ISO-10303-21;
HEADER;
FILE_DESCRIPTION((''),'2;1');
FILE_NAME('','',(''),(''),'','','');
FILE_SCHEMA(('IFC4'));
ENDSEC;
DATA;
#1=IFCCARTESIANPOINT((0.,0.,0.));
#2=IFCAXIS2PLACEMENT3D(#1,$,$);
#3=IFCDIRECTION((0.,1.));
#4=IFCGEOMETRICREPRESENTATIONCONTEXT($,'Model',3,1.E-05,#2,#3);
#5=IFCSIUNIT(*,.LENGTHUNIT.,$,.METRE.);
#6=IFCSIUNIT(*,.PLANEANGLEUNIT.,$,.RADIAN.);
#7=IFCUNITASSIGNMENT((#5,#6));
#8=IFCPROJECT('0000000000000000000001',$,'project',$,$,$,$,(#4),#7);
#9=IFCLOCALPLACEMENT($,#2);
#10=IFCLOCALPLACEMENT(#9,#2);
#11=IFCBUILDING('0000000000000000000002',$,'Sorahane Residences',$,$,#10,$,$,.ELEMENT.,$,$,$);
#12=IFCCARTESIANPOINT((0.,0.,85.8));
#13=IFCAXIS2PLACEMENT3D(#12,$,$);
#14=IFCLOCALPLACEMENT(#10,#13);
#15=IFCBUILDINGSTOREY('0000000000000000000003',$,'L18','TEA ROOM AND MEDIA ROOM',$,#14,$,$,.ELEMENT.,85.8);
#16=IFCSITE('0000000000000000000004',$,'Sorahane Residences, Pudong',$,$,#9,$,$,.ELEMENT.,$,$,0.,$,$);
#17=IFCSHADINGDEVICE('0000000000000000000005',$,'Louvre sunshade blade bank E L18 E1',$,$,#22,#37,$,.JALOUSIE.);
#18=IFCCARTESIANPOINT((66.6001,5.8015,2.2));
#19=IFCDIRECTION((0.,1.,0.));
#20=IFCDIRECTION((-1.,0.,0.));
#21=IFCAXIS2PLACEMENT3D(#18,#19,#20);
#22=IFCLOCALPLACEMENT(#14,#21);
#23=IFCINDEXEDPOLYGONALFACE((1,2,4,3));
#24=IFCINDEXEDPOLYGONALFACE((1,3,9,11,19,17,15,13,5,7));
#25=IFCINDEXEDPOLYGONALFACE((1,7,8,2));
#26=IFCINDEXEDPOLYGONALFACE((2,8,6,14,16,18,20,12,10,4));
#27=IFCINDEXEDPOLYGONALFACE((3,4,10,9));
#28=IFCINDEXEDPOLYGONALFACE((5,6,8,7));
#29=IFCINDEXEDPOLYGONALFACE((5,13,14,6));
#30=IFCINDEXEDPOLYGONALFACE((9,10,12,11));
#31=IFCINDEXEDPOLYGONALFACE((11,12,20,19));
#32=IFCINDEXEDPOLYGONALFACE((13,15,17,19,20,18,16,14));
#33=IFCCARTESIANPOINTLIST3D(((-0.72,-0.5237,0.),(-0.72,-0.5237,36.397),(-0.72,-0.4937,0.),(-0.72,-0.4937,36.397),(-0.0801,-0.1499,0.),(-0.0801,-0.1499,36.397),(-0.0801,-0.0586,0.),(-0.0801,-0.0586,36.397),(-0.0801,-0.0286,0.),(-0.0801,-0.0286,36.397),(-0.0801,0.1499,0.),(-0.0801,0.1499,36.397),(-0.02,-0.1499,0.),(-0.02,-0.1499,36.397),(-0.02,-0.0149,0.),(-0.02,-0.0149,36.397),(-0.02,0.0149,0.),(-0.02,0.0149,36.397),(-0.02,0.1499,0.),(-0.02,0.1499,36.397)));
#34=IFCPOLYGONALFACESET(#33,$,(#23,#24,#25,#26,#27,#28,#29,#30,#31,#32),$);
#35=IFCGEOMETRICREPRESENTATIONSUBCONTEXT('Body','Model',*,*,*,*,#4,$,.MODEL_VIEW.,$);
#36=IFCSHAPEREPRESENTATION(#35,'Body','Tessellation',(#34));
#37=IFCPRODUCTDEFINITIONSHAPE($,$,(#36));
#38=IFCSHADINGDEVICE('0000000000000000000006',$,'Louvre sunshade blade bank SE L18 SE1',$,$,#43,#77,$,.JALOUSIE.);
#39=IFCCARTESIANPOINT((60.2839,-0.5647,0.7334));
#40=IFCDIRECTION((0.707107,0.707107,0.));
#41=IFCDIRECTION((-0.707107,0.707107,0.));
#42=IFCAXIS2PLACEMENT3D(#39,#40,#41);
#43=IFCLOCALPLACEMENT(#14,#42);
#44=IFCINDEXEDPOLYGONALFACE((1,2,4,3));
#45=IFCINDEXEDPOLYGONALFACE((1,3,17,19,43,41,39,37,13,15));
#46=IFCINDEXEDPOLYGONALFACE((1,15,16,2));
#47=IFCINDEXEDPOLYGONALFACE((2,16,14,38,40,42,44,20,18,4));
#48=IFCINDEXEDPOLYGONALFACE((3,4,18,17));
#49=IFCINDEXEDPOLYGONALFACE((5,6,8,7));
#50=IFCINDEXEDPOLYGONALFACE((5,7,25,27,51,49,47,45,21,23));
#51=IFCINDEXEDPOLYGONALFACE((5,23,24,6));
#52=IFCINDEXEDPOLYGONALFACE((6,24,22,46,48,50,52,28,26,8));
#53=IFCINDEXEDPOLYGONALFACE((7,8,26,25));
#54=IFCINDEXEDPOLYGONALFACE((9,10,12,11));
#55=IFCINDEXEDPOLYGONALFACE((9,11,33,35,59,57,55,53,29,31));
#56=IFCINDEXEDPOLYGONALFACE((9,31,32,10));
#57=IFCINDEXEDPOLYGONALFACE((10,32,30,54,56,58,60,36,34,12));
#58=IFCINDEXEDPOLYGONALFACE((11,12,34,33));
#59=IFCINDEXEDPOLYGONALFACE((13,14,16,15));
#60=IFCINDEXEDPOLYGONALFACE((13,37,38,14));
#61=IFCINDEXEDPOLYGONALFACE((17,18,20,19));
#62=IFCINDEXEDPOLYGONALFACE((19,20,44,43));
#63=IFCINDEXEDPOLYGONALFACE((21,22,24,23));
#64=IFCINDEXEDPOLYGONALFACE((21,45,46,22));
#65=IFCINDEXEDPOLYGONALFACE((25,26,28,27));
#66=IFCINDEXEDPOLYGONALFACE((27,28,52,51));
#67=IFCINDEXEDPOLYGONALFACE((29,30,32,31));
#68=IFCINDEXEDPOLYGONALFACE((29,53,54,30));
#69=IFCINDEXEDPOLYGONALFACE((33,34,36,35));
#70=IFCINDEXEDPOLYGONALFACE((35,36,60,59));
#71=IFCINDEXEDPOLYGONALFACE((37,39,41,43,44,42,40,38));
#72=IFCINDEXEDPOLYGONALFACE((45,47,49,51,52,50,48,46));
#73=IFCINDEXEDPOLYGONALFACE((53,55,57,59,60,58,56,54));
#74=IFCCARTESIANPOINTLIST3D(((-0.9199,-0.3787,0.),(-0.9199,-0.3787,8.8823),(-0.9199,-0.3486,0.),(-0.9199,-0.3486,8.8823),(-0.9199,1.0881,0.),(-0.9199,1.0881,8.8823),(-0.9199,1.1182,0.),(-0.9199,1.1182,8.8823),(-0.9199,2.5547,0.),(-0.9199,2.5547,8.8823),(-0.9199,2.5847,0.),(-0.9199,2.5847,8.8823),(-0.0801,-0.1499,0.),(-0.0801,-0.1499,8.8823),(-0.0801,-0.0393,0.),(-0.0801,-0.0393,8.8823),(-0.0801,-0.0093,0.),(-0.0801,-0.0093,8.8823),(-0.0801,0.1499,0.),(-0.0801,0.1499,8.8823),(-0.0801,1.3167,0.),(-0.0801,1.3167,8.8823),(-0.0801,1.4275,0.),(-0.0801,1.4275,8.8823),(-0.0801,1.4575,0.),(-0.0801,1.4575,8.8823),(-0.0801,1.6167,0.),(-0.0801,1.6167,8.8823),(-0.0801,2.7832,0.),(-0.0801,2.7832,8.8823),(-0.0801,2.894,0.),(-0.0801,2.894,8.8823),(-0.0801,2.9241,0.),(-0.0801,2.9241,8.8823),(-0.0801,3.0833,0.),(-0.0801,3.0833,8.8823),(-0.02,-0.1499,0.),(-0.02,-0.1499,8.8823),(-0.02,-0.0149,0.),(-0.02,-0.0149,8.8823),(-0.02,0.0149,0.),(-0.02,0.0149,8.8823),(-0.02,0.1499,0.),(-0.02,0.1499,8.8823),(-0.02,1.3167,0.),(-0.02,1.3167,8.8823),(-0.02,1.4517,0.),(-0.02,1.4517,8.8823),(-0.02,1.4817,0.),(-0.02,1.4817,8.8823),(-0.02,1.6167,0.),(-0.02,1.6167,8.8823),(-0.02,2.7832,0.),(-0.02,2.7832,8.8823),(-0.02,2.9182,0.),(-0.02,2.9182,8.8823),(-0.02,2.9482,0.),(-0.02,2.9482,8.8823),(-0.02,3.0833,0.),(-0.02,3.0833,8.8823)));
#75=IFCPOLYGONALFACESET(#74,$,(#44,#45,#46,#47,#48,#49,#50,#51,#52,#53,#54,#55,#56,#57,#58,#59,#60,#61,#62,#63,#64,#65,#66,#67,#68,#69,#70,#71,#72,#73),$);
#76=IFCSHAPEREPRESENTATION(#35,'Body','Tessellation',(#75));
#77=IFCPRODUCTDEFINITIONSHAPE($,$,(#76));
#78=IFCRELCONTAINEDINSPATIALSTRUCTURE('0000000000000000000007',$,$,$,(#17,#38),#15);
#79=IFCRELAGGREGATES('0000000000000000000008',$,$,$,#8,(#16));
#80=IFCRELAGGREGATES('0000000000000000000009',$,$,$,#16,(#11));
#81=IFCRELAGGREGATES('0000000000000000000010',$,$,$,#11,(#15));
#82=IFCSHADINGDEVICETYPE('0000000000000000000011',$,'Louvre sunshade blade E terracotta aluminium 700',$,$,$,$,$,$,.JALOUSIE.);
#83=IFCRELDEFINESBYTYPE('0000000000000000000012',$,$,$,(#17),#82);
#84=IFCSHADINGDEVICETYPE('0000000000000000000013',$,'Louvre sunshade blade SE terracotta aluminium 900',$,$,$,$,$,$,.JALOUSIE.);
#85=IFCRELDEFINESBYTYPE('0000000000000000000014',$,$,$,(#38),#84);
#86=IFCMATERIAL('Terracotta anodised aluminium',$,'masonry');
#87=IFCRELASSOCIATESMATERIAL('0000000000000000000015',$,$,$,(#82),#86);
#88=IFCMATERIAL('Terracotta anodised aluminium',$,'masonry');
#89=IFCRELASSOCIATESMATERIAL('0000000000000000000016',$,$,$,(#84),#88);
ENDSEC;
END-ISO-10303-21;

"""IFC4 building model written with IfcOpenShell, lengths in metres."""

from ifc_helpers import new_model, si_unit, direction, frame, origin, place, context, subcontext, project, spatial, polyline, outline, composite_profile, extrude, material, type_object, element, save


model = new_model("IFC4")

# Units and contexts
model_context = context("Model", 3, precision=1e-05, world=origin(), true_north=direction((0.0, 1.0)))
body_context = subcontext(model_context, "Body", "Model", "MODEL_VIEW")
ifc_project = project(units=[si_unit("LENGTHUNIT", "METRE"), si_unit("PLANEANGLEUNIT", "RADIAN")], contexts=[model_context])

# Site, building, storey
site_placement = place(None, origin())
site = spatial("IfcSite", under=ifc_project, at=site_placement, Name="Sorahane Residences, Pudong", CompositionType="ELEMENT", RefElevation=0.0)
building_placement = place(site_placement, origin())
building = spatial("IfcBuilding", under=site, at=building_placement, Name="Sorahane Residences", CompositionType="ELEMENT")
storey_placement = place(building_placement, frame((0.0, 0.0, 85.8)))
storey = spatial("IfcBuildingStorey", under=building, at=storey_placement, Name="L18", Description="TEA ROOM AND MEDIA ROOM", CompositionType="ELEMENT", Elevation=85.8)

# Shading devices
ifc_material_1 = material(Name="Terracotta anodised aluminium", Category="masonry")
shading_device_type_1 = type_object("IfcShadingDeviceType", Name="Louvre sunshade blade E terracotta aluminium 700", PredefinedType="JALOUSIE", material=ifc_material_1)
shading_device_1_placement = place(storey_placement, frame((66.6001, 5.8015, 2.2), z_axis=(0.0, 1.0, 0.0), x_axis=(-1.0, 0.0, 0.0)))
element("IfcShadingDevice", 1, at=shading_device_1_placement, inside=storey, type_object=shading_device_type_1, Name="Louvre sunshade blade bank E L18 E1", PredefinedType="JALOUSIE", context=body_context, shape_type="SweptSolid", body=[
    extrude(outline(polyline([(-0.72, -0.4937), (-0.72, -0.5237), (-0.0801, -0.0586), (-0.0801, -0.1499), (-0.02, -0.1499), (-0.02, -0.0149), (-0.02, 0.0149), (-0.02, 0.1499), (-0.0801, 0.1499), (-0.0801, -0.0286), (-0.72, -0.4937)])), origin(), (0.0, 0.0, 1.0), 36.397),
])
ifc_material_2 = material(Name="Terracotta anodised aluminium", Category="masonry")
shading_device_type_2 = type_object("IfcShadingDeviceType", Name="Louvre sunshade blade SE terracotta aluminium 900", PredefinedType="JALOUSIE", material=ifc_material_2)
shading_device_2_placement = place(storey_placement, frame((60.2839, -0.5647, 0.7334), z_axis=(0.707107, 0.707107, 0.0), x_axis=(-0.707107, 0.707107, 0.0)))
element("IfcShadingDevice", 2, at=shading_device_2_placement, inside=storey, type_object=shading_device_type_2, Name="Louvre sunshade blade bank SE L18 SE1", PredefinedType="JALOUSIE", context=body_context, shape_type="SweptSolid", body=[
    extrude(composite_profile([outline(polyline([(-0.9199, -0.3486), (-0.9199, -0.3787), (-0.0801, -0.0393), (-0.0801, -0.1499), (-0.02, -0.1499), (-0.02, -0.0149), (-0.02, 0.0149), (-0.02, 0.1499), (-0.0801, 0.1499), (-0.0801, -0.0093), (-0.9199, -0.3486)])), outline(polyline([(-0.9199, 1.1182), (-0.9199, 1.0881), (-0.0801, 1.4275), (-0.0801, 1.3167), (-0.02, 1.3167), (-0.02, 1.4517), (-0.02, 1.4817), (-0.02, 1.6167), (-0.0801, 1.6167), (-0.0801, 1.4575), (-0.9199, 1.1182)])), outline(polyline([(-0.9199, 2.5847), (-0.9199, 2.5547), (-0.0801, 2.894), (-0.0801, 2.7832), (-0.02, 2.7832), (-0.02, 2.9182), (-0.02, 2.9482), (-0.02, 3.0833), (-0.0801, 3.0833), (-0.0801, 2.9241), (-0.9199, 2.5847)]))]), origin(), (0.0, 0.0, 1.0), 8.8823),
])

save(model, "model.ifc")
